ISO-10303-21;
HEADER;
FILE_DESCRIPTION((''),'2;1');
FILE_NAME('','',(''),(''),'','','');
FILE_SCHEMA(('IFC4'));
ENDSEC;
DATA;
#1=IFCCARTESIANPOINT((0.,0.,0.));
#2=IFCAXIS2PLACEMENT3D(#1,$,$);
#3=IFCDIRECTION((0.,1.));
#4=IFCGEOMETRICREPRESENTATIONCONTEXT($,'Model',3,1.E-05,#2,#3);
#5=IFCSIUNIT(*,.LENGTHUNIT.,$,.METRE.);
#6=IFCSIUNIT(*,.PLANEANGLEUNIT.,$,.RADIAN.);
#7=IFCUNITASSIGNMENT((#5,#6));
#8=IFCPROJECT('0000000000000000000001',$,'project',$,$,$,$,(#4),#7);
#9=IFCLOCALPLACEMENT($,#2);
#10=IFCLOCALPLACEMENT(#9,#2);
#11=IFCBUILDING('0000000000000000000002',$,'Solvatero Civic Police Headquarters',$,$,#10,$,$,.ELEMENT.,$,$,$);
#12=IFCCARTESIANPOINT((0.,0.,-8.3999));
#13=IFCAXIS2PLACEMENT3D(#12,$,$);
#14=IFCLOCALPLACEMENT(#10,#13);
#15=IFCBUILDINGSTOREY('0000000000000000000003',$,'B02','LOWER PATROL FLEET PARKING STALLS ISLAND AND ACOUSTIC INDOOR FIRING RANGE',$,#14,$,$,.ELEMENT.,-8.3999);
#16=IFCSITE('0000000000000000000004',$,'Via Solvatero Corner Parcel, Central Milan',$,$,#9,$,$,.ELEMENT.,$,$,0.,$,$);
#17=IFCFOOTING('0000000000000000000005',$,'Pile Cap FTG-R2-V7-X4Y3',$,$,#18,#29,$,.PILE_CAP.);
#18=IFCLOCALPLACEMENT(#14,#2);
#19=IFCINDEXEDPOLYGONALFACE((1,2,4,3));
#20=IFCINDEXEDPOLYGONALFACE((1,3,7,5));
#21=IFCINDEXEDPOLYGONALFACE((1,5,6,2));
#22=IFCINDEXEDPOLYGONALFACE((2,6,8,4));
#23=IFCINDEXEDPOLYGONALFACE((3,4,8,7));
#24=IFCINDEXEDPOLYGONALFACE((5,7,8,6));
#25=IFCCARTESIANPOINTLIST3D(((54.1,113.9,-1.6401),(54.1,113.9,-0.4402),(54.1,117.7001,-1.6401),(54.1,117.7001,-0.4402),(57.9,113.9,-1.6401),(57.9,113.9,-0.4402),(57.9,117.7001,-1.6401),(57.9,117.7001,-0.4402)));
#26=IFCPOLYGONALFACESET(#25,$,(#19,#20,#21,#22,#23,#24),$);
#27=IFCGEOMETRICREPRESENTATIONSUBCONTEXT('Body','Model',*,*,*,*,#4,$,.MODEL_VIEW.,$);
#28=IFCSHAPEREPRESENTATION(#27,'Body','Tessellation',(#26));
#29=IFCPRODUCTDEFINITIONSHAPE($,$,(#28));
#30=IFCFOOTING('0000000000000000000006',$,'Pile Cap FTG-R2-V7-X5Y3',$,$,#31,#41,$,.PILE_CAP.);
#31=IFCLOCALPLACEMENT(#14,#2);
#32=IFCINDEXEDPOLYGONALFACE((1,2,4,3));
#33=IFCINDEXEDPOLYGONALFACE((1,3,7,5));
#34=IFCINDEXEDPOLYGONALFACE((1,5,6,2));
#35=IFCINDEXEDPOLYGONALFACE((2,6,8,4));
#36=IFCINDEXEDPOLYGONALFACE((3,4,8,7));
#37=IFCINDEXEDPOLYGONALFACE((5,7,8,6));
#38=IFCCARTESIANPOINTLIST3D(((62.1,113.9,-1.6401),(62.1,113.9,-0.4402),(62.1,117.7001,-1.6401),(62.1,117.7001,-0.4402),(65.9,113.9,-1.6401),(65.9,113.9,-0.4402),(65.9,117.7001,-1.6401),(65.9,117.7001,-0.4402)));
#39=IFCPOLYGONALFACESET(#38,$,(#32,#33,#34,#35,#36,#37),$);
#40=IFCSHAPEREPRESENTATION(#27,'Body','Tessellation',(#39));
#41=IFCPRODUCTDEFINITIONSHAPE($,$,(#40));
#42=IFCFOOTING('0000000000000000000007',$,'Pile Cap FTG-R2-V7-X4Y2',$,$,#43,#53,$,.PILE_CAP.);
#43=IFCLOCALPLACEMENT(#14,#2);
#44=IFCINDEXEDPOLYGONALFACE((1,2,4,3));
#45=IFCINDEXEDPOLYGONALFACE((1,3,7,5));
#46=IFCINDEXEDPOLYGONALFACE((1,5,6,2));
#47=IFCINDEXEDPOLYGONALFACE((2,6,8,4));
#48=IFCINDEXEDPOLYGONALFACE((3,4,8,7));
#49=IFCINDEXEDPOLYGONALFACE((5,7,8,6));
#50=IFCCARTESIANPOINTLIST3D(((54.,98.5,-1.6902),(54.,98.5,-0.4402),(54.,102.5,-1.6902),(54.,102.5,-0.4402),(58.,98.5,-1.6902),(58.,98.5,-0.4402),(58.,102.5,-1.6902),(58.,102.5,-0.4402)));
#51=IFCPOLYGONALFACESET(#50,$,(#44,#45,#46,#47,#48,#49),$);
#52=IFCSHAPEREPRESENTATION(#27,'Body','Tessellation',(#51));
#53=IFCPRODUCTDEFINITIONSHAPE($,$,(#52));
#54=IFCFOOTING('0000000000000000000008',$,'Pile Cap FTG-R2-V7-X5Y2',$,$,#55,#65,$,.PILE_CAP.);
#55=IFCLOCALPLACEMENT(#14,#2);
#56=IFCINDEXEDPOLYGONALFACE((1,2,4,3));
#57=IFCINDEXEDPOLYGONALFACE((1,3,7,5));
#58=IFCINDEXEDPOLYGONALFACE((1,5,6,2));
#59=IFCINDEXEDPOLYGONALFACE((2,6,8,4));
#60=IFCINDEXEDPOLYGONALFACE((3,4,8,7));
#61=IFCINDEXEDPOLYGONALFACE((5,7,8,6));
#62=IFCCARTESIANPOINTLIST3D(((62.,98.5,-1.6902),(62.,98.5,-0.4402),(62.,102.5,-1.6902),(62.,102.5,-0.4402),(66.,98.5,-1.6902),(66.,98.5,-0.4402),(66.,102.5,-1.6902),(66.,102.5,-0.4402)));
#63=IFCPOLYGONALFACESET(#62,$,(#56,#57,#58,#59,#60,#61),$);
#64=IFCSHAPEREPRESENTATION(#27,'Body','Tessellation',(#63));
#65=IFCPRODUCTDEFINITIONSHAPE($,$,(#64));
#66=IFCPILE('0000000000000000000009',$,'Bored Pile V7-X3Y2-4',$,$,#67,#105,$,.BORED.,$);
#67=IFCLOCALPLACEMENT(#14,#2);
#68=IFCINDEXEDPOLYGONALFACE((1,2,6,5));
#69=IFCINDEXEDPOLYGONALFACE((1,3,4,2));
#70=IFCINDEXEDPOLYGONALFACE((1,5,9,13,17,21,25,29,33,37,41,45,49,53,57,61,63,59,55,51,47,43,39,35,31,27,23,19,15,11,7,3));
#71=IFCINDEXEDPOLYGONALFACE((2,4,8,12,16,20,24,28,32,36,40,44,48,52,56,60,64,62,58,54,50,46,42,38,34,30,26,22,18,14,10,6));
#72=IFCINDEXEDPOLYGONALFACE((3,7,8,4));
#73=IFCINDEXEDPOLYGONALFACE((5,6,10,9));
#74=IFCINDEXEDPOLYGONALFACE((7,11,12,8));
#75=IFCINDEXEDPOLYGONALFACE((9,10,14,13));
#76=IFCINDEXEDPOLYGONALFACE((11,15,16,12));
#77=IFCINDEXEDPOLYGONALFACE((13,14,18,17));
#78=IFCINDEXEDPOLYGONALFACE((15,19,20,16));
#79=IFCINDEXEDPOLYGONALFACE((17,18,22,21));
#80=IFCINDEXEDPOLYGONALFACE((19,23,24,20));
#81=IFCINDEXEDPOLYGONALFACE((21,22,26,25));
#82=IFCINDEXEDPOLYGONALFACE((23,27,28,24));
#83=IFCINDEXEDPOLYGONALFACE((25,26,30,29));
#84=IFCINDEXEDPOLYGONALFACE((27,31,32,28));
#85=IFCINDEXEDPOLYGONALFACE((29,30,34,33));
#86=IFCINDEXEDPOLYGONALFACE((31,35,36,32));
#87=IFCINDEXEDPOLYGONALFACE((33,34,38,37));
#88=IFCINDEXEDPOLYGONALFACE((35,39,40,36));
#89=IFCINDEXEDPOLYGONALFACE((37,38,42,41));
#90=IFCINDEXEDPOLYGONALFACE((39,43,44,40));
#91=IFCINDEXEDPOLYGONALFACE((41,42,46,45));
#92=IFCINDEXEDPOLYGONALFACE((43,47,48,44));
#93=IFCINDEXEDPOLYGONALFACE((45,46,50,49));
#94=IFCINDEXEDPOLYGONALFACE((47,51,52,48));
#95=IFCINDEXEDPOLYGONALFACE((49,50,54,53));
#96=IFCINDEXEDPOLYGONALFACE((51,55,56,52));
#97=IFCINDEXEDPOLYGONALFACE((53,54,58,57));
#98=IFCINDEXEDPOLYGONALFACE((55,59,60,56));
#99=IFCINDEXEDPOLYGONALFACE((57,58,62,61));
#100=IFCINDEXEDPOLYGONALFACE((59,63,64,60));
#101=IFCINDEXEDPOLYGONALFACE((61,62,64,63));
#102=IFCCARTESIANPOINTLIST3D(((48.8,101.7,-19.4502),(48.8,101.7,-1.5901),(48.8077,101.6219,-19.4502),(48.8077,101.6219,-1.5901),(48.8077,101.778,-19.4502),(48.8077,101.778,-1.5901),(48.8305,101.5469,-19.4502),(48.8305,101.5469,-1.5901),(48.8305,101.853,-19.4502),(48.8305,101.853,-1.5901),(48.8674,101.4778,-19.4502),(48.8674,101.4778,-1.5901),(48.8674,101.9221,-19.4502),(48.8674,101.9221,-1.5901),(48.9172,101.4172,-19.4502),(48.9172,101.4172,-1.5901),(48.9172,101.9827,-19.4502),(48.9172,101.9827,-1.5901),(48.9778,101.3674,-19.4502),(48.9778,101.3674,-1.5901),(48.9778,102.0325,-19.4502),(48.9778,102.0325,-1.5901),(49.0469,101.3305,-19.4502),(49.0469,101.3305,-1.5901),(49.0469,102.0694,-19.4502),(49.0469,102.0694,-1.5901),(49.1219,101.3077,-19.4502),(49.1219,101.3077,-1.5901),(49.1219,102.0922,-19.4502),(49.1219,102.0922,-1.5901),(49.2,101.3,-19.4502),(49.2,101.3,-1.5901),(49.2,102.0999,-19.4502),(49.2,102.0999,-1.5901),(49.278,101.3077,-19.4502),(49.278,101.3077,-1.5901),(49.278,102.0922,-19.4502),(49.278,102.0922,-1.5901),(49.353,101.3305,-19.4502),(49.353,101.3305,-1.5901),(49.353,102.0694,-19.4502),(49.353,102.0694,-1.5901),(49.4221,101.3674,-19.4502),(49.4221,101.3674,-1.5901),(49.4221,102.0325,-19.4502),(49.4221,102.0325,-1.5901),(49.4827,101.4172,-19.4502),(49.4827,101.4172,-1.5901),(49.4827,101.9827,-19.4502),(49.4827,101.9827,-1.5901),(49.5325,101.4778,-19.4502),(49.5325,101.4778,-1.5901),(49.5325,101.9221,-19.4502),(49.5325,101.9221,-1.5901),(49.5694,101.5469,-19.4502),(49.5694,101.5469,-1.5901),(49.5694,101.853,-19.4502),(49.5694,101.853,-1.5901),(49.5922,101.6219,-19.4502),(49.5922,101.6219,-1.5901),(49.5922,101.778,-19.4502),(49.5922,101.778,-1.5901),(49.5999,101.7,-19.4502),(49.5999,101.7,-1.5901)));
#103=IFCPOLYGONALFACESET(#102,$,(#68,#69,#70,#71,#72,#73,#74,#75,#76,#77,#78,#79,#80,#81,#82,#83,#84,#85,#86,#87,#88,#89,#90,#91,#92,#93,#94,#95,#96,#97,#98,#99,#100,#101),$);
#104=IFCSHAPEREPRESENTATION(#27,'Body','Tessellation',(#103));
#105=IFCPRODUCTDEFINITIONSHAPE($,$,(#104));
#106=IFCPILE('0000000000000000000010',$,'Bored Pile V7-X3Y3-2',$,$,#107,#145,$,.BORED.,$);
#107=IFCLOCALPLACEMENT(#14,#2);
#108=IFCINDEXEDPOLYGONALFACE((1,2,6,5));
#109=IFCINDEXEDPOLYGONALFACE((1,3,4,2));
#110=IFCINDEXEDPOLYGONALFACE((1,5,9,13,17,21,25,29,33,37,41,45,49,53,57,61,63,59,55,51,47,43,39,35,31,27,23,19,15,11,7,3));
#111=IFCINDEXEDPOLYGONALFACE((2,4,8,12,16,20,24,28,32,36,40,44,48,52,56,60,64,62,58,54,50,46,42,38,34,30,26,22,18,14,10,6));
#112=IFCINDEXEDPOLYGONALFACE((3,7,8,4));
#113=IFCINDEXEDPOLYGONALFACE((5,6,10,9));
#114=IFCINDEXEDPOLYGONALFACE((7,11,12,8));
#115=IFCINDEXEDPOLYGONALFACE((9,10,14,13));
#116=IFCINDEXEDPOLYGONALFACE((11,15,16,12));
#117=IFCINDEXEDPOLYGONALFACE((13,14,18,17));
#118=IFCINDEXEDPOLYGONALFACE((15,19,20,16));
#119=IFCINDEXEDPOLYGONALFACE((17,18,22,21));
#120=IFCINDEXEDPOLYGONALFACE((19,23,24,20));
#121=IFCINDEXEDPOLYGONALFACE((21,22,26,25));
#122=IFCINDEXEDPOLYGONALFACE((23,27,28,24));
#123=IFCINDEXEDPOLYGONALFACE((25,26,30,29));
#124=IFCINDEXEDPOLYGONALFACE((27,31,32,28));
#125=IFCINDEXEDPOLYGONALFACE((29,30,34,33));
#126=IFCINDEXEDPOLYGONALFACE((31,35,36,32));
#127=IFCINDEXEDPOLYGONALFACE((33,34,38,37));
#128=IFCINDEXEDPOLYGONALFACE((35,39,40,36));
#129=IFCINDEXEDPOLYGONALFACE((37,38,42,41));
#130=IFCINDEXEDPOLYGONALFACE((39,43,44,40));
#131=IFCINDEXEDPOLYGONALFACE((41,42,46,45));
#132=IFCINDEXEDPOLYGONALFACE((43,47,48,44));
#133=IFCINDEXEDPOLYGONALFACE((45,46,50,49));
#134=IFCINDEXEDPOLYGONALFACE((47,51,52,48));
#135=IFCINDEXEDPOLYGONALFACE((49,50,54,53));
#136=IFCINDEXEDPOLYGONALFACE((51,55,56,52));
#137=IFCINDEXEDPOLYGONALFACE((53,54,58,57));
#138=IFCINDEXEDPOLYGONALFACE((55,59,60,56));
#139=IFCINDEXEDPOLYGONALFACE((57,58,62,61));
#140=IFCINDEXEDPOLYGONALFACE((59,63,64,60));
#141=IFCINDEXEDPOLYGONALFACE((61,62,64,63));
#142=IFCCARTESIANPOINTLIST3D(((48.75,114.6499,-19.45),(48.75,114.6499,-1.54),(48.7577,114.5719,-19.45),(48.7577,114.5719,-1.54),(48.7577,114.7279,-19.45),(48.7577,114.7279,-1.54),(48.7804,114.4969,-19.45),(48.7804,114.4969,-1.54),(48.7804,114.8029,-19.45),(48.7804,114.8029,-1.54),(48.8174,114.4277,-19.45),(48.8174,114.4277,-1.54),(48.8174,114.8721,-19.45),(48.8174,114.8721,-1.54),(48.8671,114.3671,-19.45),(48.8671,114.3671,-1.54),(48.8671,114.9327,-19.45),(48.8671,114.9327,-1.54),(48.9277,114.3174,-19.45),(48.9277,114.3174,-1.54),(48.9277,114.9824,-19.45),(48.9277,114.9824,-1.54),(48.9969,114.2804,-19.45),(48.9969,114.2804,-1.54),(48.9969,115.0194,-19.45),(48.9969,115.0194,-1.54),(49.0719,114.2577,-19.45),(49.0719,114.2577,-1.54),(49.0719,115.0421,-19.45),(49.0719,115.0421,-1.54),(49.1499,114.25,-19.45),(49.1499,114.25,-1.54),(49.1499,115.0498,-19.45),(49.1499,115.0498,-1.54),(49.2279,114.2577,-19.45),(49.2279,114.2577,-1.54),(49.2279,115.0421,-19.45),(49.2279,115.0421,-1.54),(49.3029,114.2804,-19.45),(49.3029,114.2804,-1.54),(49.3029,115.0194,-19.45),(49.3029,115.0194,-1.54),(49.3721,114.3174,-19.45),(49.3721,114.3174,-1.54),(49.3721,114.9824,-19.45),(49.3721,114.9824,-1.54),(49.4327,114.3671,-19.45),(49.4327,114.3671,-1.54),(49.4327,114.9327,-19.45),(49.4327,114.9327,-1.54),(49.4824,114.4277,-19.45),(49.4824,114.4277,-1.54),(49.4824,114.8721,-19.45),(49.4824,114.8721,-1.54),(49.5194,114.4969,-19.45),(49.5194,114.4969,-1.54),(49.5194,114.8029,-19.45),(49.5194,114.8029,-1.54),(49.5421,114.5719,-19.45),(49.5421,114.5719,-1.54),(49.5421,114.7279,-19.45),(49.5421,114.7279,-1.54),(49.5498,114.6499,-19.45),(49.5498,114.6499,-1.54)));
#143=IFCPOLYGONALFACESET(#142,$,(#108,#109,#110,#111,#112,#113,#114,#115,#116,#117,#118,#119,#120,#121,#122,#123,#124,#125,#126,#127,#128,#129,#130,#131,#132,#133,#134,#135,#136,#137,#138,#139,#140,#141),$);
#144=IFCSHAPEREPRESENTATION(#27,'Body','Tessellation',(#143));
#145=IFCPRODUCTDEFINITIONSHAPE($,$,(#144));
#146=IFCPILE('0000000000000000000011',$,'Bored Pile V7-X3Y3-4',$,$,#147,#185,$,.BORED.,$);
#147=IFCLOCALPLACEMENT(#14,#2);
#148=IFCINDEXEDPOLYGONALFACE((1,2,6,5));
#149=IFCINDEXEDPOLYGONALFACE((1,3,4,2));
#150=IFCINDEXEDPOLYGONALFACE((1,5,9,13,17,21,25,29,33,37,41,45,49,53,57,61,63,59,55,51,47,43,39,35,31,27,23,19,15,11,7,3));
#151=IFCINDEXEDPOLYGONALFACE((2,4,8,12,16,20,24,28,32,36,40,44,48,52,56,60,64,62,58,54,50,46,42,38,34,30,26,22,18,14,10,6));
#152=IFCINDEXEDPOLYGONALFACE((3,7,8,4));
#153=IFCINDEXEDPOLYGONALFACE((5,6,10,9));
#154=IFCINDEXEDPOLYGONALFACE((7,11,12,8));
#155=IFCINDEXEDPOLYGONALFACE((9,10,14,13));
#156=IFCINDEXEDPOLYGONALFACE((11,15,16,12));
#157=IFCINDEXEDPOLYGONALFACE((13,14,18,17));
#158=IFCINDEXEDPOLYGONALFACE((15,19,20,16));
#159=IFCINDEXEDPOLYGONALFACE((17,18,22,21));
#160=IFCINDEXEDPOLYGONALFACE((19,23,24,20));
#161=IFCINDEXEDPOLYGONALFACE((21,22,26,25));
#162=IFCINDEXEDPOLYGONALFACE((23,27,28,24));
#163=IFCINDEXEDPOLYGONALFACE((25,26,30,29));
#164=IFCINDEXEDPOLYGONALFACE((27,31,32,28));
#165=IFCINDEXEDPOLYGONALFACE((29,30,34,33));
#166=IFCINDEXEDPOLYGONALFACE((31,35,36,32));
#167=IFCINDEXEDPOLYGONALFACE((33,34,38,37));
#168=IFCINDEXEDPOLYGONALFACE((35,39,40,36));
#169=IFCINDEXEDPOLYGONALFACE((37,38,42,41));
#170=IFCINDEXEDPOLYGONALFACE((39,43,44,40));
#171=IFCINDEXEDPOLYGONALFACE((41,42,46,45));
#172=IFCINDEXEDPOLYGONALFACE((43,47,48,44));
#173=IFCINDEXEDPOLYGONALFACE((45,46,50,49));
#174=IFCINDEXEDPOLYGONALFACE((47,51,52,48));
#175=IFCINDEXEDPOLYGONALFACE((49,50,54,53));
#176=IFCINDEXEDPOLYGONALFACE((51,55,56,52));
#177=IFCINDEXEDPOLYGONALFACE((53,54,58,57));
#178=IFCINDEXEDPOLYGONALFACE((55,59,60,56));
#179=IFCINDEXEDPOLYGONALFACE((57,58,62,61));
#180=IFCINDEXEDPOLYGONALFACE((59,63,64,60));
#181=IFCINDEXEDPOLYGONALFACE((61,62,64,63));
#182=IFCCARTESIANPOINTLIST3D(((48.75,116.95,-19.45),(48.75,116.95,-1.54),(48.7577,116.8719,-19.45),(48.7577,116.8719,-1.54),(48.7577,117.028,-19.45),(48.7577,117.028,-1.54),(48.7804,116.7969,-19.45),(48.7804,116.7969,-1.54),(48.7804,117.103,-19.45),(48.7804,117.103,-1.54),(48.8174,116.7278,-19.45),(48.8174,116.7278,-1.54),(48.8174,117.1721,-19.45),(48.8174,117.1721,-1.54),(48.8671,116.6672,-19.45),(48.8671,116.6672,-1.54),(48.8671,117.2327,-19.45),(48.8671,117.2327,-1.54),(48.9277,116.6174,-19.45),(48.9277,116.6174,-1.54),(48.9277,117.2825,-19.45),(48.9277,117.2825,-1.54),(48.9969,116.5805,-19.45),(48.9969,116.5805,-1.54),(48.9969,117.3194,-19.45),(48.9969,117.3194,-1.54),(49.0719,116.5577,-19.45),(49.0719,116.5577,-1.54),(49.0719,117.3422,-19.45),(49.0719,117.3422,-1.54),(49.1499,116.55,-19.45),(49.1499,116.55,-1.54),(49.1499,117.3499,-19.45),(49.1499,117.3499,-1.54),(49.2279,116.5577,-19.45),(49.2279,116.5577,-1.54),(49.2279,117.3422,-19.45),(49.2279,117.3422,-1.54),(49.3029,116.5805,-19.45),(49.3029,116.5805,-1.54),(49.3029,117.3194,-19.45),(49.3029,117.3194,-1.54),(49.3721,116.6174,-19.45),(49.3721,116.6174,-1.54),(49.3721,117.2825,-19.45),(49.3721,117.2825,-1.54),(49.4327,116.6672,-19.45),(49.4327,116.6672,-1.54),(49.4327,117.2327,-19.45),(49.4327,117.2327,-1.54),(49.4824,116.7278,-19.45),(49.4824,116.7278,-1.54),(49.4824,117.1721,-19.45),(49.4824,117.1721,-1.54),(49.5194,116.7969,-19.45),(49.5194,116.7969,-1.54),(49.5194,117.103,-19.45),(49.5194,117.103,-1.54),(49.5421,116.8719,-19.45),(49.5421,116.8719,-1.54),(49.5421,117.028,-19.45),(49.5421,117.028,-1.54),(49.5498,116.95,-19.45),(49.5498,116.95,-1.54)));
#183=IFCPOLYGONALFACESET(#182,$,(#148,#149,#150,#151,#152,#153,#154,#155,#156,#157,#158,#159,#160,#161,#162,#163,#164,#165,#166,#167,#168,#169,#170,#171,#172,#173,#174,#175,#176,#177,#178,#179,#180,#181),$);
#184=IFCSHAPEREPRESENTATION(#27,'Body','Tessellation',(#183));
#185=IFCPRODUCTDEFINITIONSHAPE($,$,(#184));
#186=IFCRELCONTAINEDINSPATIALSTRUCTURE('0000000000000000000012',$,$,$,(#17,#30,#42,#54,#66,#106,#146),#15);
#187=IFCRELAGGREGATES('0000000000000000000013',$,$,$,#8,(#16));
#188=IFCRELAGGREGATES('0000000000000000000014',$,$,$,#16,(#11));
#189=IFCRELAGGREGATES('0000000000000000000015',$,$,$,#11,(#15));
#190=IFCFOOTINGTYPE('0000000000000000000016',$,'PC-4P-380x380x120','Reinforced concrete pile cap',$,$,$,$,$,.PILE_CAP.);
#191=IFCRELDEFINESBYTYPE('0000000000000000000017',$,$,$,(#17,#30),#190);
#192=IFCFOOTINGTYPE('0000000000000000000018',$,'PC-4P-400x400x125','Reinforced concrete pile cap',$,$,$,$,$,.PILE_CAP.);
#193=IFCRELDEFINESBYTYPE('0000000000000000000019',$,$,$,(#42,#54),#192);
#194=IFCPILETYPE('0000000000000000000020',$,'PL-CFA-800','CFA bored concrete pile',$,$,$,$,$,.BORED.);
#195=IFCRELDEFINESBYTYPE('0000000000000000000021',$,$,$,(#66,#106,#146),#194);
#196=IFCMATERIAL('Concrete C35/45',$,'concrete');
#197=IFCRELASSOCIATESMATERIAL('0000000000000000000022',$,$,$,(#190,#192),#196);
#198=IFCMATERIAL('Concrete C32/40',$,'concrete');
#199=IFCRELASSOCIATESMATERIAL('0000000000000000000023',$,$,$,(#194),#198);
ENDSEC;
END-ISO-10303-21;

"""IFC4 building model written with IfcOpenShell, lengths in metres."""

from ifc_helpers import new_model, si_unit, direction, frame, origin, origin_2d, place, context, subcontext, project, spatial, rectangle, circle, extrude, material, material_profile, profile_set, type_object, element, save


model = new_model("IFC4")

# Units and contexts
model_context = context("Model", 3, precision=1e-05, world=origin(), true_north=direction((0.0, 1.0)))
body_context = subcontext(model_context, "Body", "Model", "MODEL_VIEW")
ifc_project = project(units=[si_unit("LENGTHUNIT", "METRE"), si_unit("PLANEANGLEUNIT", "RADIAN")], contexts=[model_context])

# Site, building, storey
site_placement = place(None, origin())
site = spatial("IfcSite", under=ifc_project, at=site_placement, Name="Via Solvatero Corner Parcel, Central Milan", CompositionType="ELEMENT", RefElevation=0.0)
building_placement = place(site_placement, origin())
building = spatial("IfcBuilding", under=site, at=building_placement, Name="Solvatero Civic Police Headquarters", CompositionType="ELEMENT")
storey_placement = place(building_placement, frame((0.0, 0.0, -8.3999)))
storey = spatial("IfcBuildingStorey", under=building, at=storey_placement, Name="B02", Description="LOWER PATROL FLEET PARKING STALLS ISLAND AND ACOUSTIC INDOOR FIRING RANGE", CompositionType="ELEMENT", Elevation=-8.3999)

# Footings
ifc_material_1 = material(Name="Concrete C35/45", Category="concrete")
footing_type_1 = type_object("IfcFootingType", Name="PC-4P-380x380x120", Description="Reinforced concrete pile cap", PredefinedType="PILE_CAP", material=ifc_material_1)
for number, where, z_axis, x_axis, name in (
    (1, (56.0, 115.8, -1.6401), (0.0, 0.0, 1.0), (1.0, 0.0, 0.0), "Pile Cap FTG-R2-V7-X4Y3"),
    (2, (64.0, 115.8, -1.6401), (0.0, 0.0, 1.0), (1.0, 0.0, 0.0), "Pile Cap FTG-R2-V7-X5Y3"),
):
    element("IfcFooting", number, at=place(storey_placement, frame(where, z_axis=z_axis, x_axis=x_axis)), inside=storey, type_object=footing_type_1, Name=name, PredefinedType="PILE_CAP", context=body_context, shape_type="SweptSolid", body=[
        extrude(rectangle(XDim=3.8, YDim=3.8, at=origin_2d()), origin(), (0.0, 0.0, 1.0), 1.2),
    ])
footing_type_2 = type_object("IfcFootingType", Name="PC-4P-400x400x125", Description="Reinforced concrete pile cap", PredefinedType="PILE_CAP", material=ifc_material_1)
for number, where, z_axis, x_axis, name in (
    (3, (56.0, 100.5, -1.6902), (0.0, 0.0, 1.0), (1.0, 0.0, 0.0), "Pile Cap FTG-R2-V7-X4Y2"),
    (4, (64.0, 100.5, -1.6902), (0.0, 0.0, 1.0), (1.0, 0.0, 0.0), "Pile Cap FTG-R2-V7-X5Y2"),
):
    element("IfcFooting", number, at=place(storey_placement, frame(where, z_axis=z_axis, x_axis=x_axis)), inside=storey, type_object=footing_type_2, Name=name, PredefinedType="PILE_CAP", context=body_context, shape_type="SweptSolid", body=[
        extrude(rectangle(XDim=4.0, YDim=4.0, at=origin_2d()), origin(), (0.0, 0.0, 1.0), 1.25),
    ])

# Piles
ifc_material_2 = material(Name="Concrete C32/40", Category="concrete")
ifc_material_profile_1 = material_profile(ifc_material_2, circle(Radius=0.3999, at=origin_2d()), Name="CFA PILE D800")
ifc_profile_set_1 = profile_set([ifc_material_profile_1], Name="Concrete C32/40")
pile_type = type_object("IfcPileType", Name="PL-CFA-800", Description="CFA bored concrete pile", PredefinedType="BORED", material=ifc_profile_set_1)
pile_placement = place(storey_placement, frame((49.2, 101.7, -1.5901), z_axis=(0.0, 0.0, -1.0), x_axis=(1.0, 0.0, 0.0)))
element("IfcPile", 5, at=pile_placement, inside=storey, type_object=pile_type, Name="Bored Pile V7-X3Y2-4", PredefinedType="BORED", context=body_context, shape_type="SweptSolid", body=[
    extrude(circle(Radius=0.3999, at=origin_2d()), origin(), (0.0, 0.0, 1.0), 17.8601),
])
for number, where, z_axis, x_axis, name in (
    (6, (49.1499, 114.6499, -1.54), (0.0, 0.0, -1.0), (1.0, 0.0, 0.0), "Bored Pile V7-X3Y3-2"),
    (7, (49.1499, 116.95, -1.54), (0.0, 0.0, -1.0), (1.0, 0.0, 0.0), "Bored Pile V7-X3Y3-4"),
):
    element("IfcPile", number, at=place(storey_placement, frame(where, z_axis=z_axis, x_axis=x_axis)), inside=storey, type_object=pile_type, Name=name, PredefinedType="BORED", context=body_context, shape_type="SweptSolid", body=[
        extrude(circle(Radius=0.3999, at=origin_2d()), origin(), (0.0, 0.0, 1.0), 17.9099),
    ])

save(model, "model.ifc")
